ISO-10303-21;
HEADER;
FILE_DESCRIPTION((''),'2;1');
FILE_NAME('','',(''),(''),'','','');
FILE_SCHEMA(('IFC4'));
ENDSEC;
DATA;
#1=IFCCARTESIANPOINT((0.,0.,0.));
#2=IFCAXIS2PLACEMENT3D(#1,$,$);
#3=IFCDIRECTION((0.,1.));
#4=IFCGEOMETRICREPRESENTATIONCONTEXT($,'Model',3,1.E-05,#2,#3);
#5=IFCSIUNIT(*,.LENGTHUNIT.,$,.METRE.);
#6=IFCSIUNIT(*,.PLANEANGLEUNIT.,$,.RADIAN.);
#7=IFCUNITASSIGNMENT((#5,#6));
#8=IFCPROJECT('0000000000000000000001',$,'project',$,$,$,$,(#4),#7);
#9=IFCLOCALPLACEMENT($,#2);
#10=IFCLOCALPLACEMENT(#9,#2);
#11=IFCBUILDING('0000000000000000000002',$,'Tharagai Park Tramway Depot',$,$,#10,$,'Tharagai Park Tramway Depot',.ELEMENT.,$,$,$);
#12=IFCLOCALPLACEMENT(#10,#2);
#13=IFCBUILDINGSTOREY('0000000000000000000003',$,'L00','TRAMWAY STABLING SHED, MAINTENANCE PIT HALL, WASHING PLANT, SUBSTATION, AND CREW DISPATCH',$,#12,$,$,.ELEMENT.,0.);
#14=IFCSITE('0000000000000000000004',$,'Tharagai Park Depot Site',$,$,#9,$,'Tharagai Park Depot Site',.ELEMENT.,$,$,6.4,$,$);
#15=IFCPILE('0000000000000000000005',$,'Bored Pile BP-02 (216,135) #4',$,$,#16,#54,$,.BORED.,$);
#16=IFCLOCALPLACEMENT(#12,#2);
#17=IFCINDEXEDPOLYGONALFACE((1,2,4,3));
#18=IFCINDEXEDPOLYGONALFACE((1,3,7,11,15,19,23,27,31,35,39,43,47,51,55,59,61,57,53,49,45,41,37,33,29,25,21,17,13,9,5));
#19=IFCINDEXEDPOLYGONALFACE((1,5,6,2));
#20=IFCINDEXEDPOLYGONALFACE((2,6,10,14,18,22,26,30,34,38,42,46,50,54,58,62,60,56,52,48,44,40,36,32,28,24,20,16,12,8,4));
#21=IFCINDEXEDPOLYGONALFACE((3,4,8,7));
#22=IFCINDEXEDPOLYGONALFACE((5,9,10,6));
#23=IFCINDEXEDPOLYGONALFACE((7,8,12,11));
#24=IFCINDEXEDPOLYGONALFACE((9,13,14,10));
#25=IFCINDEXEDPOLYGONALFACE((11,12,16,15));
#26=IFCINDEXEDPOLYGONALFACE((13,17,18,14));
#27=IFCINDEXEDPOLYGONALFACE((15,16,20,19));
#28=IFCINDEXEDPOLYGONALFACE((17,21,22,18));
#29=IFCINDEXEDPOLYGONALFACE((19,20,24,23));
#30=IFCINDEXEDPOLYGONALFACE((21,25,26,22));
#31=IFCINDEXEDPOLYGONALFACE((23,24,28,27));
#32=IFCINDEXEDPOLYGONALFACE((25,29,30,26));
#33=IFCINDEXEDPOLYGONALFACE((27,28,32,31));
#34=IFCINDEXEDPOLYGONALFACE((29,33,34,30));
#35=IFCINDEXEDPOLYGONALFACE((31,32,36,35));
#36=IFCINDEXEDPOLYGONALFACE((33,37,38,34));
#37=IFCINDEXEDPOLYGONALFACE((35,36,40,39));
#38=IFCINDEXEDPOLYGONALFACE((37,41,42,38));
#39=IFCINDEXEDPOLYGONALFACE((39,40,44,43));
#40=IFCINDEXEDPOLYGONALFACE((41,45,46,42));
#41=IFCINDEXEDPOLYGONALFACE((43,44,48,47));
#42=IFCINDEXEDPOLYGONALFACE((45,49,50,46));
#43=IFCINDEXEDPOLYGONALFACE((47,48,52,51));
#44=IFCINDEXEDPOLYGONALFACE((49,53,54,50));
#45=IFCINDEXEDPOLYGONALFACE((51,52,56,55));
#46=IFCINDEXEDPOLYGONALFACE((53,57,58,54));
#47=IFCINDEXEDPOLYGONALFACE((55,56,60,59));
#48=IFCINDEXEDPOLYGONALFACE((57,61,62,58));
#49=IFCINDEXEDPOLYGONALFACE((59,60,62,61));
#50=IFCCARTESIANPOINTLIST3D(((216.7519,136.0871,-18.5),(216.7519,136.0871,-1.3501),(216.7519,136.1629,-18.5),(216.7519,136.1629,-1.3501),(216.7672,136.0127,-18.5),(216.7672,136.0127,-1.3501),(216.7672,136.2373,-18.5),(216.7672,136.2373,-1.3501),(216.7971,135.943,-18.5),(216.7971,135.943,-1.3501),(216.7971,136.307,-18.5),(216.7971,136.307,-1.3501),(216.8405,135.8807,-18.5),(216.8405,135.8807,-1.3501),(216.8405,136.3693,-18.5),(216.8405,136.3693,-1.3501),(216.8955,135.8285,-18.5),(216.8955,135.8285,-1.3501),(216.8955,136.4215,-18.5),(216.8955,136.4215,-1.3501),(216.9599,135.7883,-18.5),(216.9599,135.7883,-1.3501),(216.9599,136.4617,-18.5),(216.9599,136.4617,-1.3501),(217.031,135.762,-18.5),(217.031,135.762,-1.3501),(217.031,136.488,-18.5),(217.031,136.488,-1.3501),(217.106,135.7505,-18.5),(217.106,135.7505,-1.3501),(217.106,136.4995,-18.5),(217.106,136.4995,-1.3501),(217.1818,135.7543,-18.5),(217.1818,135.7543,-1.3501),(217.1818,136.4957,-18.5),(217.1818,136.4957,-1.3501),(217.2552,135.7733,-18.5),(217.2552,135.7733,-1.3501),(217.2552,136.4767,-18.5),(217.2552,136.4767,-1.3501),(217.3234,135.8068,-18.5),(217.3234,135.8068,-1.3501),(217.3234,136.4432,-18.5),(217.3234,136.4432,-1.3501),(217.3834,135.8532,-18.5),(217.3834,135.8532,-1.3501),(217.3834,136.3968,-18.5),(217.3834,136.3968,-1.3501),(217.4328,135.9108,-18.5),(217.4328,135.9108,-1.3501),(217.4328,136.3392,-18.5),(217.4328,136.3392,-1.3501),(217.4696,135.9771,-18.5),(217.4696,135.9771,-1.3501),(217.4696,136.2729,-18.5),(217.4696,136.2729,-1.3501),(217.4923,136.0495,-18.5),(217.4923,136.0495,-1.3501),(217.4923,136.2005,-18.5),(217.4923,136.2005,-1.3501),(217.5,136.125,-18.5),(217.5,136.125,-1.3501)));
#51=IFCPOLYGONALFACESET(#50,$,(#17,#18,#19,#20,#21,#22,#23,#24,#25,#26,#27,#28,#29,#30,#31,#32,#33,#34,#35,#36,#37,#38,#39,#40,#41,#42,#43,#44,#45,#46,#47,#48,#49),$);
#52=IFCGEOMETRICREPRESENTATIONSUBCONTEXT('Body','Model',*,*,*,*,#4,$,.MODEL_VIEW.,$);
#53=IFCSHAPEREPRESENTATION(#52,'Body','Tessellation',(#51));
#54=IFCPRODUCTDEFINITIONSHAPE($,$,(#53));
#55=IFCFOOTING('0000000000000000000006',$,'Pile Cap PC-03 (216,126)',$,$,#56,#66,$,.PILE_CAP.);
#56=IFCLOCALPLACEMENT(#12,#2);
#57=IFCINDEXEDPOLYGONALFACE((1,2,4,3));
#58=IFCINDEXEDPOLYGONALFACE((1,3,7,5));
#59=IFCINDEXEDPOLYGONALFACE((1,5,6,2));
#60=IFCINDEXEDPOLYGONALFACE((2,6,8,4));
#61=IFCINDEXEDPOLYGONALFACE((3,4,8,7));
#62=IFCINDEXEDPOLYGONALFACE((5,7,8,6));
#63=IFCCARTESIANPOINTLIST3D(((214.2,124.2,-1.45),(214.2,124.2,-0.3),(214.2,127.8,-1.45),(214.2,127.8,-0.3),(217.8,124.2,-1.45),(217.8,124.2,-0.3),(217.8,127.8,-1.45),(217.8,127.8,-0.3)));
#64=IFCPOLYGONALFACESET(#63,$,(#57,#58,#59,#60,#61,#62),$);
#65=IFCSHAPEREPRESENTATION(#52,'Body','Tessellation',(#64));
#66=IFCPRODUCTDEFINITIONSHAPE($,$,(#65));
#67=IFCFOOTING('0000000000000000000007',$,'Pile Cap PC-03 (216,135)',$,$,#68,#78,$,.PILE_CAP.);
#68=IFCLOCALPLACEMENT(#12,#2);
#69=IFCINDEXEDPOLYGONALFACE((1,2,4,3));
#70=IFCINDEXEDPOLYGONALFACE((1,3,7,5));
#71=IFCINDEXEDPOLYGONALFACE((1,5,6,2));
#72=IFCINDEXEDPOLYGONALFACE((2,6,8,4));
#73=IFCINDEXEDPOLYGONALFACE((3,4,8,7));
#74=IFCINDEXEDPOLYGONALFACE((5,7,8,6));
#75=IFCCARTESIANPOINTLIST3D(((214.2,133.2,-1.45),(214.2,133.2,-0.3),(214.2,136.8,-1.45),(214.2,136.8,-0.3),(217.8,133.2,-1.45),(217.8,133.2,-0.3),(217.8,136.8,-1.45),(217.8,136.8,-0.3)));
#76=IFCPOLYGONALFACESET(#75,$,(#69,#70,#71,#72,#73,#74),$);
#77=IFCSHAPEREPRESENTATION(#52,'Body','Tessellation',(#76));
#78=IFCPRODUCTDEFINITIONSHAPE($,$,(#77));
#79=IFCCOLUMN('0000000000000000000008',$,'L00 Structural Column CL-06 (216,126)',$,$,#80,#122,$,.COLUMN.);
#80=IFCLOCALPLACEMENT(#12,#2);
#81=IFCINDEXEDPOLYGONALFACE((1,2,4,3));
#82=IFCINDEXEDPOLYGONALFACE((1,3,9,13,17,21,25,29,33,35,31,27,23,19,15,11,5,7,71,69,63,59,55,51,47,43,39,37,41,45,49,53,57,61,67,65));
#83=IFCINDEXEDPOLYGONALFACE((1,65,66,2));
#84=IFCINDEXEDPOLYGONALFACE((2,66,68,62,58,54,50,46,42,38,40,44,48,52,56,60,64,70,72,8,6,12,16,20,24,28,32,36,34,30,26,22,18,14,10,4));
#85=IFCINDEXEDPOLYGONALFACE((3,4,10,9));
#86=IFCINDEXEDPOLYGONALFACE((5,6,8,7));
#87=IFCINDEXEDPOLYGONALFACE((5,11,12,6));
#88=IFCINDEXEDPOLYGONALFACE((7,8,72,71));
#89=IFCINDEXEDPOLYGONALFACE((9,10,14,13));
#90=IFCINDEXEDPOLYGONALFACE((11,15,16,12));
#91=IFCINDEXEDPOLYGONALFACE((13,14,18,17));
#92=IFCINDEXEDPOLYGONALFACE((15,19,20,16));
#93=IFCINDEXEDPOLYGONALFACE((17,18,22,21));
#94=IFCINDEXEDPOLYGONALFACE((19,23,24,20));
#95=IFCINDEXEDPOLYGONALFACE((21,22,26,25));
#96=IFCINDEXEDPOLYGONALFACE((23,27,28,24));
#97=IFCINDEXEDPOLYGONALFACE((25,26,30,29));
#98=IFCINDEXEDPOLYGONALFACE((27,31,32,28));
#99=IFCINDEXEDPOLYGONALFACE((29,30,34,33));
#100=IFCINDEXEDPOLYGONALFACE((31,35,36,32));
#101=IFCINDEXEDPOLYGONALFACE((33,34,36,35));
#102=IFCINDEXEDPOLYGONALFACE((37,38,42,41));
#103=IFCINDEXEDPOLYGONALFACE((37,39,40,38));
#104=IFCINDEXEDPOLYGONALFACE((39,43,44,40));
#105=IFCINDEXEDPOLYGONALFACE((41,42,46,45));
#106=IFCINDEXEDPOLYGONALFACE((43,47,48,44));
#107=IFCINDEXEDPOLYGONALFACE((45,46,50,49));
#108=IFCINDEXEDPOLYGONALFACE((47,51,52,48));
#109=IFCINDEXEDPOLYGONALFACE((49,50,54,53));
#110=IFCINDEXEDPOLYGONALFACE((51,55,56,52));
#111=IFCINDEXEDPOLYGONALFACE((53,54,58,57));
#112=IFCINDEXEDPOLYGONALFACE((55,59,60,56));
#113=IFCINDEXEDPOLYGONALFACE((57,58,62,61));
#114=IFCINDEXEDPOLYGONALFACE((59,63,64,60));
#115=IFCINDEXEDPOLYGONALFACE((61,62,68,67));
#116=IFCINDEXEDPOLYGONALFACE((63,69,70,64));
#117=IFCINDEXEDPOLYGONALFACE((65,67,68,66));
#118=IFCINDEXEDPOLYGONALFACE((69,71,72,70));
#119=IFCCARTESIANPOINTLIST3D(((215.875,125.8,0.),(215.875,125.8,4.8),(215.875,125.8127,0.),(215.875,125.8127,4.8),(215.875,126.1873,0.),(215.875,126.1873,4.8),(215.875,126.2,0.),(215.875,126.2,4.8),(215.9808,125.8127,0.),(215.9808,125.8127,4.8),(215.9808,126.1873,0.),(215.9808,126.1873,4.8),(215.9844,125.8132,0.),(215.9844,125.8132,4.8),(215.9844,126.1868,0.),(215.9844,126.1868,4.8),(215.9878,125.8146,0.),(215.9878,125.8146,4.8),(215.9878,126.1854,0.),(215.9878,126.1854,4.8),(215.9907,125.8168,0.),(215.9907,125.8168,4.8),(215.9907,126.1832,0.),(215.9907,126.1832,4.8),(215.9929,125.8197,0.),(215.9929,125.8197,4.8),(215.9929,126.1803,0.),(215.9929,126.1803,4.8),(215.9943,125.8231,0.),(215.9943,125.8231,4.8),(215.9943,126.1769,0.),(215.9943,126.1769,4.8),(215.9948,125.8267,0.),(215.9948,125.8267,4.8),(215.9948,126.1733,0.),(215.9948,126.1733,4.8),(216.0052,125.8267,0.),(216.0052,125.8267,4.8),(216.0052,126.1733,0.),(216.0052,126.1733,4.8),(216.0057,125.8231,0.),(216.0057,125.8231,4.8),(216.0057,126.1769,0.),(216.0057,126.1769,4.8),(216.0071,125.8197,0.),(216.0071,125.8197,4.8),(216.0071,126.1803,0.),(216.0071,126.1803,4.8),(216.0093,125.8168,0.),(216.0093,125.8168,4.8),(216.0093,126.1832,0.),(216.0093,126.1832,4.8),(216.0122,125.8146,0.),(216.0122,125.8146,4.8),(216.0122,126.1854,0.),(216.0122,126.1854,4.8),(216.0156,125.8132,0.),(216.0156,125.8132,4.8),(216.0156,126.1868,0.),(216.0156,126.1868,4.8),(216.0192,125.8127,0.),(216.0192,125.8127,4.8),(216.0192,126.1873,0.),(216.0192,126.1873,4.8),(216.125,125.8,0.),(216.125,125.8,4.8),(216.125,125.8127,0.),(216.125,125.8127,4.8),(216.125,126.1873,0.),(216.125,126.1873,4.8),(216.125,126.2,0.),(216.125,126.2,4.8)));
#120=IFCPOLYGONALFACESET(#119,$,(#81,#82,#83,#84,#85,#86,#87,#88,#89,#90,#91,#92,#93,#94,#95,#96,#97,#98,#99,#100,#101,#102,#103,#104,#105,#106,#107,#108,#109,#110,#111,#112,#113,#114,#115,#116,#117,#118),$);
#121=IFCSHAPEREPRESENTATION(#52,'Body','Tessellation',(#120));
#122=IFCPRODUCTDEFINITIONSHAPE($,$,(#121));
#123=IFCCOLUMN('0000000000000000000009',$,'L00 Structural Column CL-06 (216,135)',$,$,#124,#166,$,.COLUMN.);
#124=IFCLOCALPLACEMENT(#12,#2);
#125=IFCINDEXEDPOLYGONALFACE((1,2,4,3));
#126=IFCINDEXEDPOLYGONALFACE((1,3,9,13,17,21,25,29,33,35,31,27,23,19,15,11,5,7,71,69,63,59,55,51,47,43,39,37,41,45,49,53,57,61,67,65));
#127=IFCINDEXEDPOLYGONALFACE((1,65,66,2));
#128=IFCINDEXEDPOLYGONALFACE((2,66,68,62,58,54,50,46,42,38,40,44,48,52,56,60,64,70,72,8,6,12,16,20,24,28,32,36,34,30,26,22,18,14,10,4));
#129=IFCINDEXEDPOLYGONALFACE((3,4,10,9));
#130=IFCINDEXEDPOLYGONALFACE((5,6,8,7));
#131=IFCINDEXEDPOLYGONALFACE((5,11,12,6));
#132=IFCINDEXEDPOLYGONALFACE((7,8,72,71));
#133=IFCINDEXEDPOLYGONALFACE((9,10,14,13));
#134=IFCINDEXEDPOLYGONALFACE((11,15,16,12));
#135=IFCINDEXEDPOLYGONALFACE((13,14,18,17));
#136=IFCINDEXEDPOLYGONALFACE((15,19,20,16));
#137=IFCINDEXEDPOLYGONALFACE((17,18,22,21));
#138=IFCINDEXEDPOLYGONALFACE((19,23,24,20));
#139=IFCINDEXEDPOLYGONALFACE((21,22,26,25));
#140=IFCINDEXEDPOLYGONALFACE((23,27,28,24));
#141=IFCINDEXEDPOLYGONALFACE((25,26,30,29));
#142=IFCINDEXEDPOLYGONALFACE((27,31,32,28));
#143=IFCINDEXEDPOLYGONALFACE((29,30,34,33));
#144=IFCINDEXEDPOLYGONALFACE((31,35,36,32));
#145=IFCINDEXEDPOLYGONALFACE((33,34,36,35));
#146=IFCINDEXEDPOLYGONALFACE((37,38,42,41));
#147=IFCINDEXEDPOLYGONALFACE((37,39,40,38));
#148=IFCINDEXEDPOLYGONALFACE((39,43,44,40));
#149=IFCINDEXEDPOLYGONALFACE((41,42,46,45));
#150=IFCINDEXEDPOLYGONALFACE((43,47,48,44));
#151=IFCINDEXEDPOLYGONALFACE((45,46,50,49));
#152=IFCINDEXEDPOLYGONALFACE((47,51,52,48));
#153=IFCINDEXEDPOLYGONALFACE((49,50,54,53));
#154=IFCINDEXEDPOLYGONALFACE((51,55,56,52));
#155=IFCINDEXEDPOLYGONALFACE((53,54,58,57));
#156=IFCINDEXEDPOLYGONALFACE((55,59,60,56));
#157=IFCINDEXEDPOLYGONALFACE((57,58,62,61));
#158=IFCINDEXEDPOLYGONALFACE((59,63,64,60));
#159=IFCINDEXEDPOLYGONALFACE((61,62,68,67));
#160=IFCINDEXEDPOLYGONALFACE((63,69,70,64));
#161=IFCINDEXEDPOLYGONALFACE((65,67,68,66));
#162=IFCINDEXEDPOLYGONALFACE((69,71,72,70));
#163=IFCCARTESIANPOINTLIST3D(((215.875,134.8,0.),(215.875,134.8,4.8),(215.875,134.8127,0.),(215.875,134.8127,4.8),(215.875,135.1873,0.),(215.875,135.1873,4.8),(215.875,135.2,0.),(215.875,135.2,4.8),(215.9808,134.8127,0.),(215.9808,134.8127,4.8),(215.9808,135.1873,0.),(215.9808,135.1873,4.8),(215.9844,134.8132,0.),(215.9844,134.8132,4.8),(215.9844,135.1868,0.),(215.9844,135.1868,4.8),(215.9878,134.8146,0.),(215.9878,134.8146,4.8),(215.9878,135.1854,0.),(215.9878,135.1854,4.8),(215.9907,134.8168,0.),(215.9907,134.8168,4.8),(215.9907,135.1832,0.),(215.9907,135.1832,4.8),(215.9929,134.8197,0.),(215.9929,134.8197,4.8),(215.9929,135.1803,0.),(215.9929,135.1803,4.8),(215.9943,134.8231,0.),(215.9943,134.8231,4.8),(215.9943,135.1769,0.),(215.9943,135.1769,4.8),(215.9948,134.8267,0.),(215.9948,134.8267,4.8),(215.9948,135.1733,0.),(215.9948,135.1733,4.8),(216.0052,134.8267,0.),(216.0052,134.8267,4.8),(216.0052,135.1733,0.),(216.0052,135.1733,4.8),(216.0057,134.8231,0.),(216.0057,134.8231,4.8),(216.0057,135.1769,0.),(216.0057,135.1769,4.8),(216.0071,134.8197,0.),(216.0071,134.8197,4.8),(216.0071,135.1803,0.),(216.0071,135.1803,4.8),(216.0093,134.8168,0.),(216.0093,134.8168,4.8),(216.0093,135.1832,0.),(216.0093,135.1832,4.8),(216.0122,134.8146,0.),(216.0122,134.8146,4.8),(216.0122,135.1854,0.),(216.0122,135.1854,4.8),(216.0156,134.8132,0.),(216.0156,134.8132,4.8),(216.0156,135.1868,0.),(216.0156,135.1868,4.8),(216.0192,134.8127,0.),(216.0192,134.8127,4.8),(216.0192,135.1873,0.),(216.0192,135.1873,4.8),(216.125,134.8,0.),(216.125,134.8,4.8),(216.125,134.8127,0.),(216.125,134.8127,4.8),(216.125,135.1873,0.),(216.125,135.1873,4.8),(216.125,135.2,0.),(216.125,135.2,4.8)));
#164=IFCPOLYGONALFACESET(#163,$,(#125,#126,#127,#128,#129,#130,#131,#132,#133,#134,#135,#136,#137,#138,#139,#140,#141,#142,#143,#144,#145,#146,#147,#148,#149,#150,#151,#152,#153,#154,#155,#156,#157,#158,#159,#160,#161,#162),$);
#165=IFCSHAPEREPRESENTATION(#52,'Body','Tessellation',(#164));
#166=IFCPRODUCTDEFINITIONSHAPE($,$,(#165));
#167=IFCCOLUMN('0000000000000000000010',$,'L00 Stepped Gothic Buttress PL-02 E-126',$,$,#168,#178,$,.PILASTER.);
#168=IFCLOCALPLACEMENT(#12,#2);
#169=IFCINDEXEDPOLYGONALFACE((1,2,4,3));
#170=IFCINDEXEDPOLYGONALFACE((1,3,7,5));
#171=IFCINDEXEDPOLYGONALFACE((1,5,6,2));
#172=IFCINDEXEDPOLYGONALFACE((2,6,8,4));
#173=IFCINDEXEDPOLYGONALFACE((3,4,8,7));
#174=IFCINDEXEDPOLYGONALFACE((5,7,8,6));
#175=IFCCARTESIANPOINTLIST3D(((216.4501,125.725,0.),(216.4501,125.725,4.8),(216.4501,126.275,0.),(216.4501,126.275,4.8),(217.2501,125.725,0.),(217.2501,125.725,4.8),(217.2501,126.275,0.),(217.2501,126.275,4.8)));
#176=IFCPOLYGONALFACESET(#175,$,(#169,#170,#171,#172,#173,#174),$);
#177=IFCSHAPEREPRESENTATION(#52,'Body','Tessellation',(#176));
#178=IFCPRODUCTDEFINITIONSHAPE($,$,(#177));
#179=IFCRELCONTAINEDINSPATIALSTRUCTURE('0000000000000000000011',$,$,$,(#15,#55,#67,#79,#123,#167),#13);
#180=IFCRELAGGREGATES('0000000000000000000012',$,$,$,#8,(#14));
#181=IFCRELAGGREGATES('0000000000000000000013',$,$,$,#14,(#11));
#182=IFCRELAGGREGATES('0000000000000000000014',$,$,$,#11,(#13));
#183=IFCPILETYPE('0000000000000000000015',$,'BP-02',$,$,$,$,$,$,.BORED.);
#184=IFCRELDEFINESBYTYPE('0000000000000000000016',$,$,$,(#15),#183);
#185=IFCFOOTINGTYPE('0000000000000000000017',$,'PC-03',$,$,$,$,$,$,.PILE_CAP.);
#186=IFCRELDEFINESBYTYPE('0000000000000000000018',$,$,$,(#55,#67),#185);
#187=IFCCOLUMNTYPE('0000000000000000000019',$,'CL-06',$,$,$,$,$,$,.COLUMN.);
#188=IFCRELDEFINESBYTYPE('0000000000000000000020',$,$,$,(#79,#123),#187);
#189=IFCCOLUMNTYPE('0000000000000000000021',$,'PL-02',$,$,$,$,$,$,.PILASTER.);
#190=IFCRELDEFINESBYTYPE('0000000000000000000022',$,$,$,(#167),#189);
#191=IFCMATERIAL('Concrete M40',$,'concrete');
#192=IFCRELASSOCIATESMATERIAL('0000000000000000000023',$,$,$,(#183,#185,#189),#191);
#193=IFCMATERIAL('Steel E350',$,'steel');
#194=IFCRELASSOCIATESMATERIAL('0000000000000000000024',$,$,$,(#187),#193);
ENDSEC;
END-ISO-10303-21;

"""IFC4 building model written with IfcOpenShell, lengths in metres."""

from ifc_helpers import new_model, si_unit, direction, frame, origin, origin_2d, place, context, subcontext, project, spatial, rectangle, circle, i_section, extrude, material, material_profile, profile_set, type_object, element, save


model = new_model("IFC4")

# Units and contexts
model_context = context("Model", 3, precision=1e-05, world=origin(), true_north=direction((0.0, 1.0)))
body_context = subcontext(model_context, "Body", "Model", "MODEL_VIEW")
ifc_project = project(units=[si_unit("LENGTHUNIT", "METRE"), si_unit("PLANEANGLEUNIT", "RADIAN")], contexts=[model_context])

# Site, building, storey
site_placement = place(None, origin())
site = spatial("IfcSite", under=ifc_project, at=site_placement, Name="Tharagai Park Depot Site", LongName="Tharagai Park Depot Site", CompositionType="ELEMENT", RefElevation=6.4)
building_placement = place(site_placement, origin())
building = spatial("IfcBuilding", under=site, at=building_placement, Name="Tharagai Park Tramway Depot", LongName="Tharagai Park Tramway Depot", CompositionType="ELEMENT")
storey_placement = place(building_placement, origin())
storey = spatial("IfcBuildingStorey", under=building, at=storey_placement, Name="L00", Description="TRAMWAY STABLING SHED, MAINTENANCE PIT HALL, WASHING PLANT, SUBSTATION, AND CREW DISPATCH", CompositionType="ELEMENT", Elevation=0.0)

# Pile
ifc_material_1 = material(Name="Concrete M40", Category="concrete")
ifc_material_profile_1 = material_profile(ifc_material_1, circle(Radius=0.375, at=origin_2d()), Name="PILE D750")
ifc_profile_set_1 = profile_set([ifc_material_profile_1], Name="Concrete M40")
pile_type = type_object("IfcPileType", Name="BP-02", PredefinedType="BORED", material=ifc_profile_set_1)
for number, where, z_axis, x_axis, name in (
    (1, (217.125, 136.125, -1.3501), (0.0, 0.0, -1.0), (1.0, 0.0, 0.0), "Bored Pile BP-02 (216,135) #4"),
):
    element("IfcPile", number, at=place(storey_placement, frame(where, z_axis=z_axis, x_axis=x_axis)), inside=storey, type_object=pile_type, Name=name, PredefinedType="BORED", context=body_context, shape_type="SweptSolid", body=[
        extrude(circle(Radius=0.375, at=origin_2d()), origin(), (0.0, 0.0, 1.0), 17.1499),
    ])

# Footings
footing_type = type_object("IfcFootingType", Name="PC-03", PredefinedType="PILE_CAP", material=ifc_material_1)
for number, where, z_axis, x_axis, name in (
    (2, (216.0, 126.0, -1.45), (0.0, 0.0, 1.0), (1.0, 0.0, 0.0), "Pile Cap PC-03 (216,126)"),
    (3, (216.0, 135.0, -1.45), (0.0, 0.0, 1.0), (1.0, 0.0, 0.0), "Pile Cap PC-03 (216,135)"),
):
    element("IfcFooting", number, at=place(storey_placement, frame(where, z_axis=z_axis, x_axis=x_axis)), inside=storey, type_object=footing_type, Name=name, PredefinedType="PILE_CAP", context=body_context, shape_type="SweptSolid", body=[
        extrude(rectangle(XDim=3.6001, YDim=3.6001, at=origin_2d()), origin(), (0.0, 0.0, 1.0), 1.1499),
    ])

# Columns
ifc_material_2 = material(Name="Steel E350", Category="steel")
ifc_material_profile_2 = material_profile(ifc_material_2, i_section(OverallWidth=0.25, OverallDepth=0.3999, WebThickness=0.0105, FlangeThickness=0.0127, FilletRadius=0.0139, at=origin_2d()), Name="ISHB 400")
ifc_profile_set_2 = profile_set([ifc_material_profile_2], Name="Steel E350")
column_type_1 = type_object("IfcColumnType", Name="CL-06", PredefinedType="COLUMN", material=ifc_profile_set_2)
for number, where, z_axis, x_axis, name in (
    (4, (216.0, 126.0, 0.0), (0.0, 0.0, 1.0), (1.0, 0.0, 0.0), "L00 Structural Column CL-06 (216,126)"),
    (5, (216.0, 135.0, 0.0), (0.0, 0.0, 1.0), (1.0, 0.0, 0.0), "L00 Structural Column CL-06 (216,135)"),
):
    element("IfcColumn", number, at=place(storey_placement, frame(where, z_axis=z_axis, x_axis=x_axis)), inside=storey, type_object=column_type_1, Name=name, PredefinedType="COLUMN", context=body_context, shape_type="SweptSolid", body=[
        extrude(i_section(OverallWidth=0.25, OverallDepth=0.3999, WebThickness=0.0105, FlangeThickness=0.0127, FilletRadius=0.0139, at=origin_2d()), origin(), (0.0, 0.0, 1.0), 4.8),
    ])
ifc_material_profile_3 = material_profile(ifc_material_1, rectangle(XDim=0.55, YDim=0.8, at=origin_2d()), Name="RC 550x800")
ifc_profile_set_3 = profile_set([ifc_material_profile_3], Name="Concrete M40")
column_type_2 = type_object("IfcColumnType", Name="PL-02", PredefinedType="PILASTER", material=ifc_profile_set_3)
column_placement = place(storey_placement, frame((216.8501, 126.0, 0.0), z_axis=(0.0, 0.0, 1.0), x_axis=(0.0, 1.0, 0.0)))
element("IfcColumn", 6, at=column_placement, inside=storey, type_object=column_type_2, Name="L00 Stepped Gothic Buttress PL-02 E-126", PredefinedType="PILASTER", context=body_context, shape_type="SweptSolid", body=[
    extrude(rectangle(XDim=0.55, YDim=0.8, at=origin_2d()), origin(), (0.0, 0.0, 1.0), 4.8),
])

save(model, "model.ifc")
